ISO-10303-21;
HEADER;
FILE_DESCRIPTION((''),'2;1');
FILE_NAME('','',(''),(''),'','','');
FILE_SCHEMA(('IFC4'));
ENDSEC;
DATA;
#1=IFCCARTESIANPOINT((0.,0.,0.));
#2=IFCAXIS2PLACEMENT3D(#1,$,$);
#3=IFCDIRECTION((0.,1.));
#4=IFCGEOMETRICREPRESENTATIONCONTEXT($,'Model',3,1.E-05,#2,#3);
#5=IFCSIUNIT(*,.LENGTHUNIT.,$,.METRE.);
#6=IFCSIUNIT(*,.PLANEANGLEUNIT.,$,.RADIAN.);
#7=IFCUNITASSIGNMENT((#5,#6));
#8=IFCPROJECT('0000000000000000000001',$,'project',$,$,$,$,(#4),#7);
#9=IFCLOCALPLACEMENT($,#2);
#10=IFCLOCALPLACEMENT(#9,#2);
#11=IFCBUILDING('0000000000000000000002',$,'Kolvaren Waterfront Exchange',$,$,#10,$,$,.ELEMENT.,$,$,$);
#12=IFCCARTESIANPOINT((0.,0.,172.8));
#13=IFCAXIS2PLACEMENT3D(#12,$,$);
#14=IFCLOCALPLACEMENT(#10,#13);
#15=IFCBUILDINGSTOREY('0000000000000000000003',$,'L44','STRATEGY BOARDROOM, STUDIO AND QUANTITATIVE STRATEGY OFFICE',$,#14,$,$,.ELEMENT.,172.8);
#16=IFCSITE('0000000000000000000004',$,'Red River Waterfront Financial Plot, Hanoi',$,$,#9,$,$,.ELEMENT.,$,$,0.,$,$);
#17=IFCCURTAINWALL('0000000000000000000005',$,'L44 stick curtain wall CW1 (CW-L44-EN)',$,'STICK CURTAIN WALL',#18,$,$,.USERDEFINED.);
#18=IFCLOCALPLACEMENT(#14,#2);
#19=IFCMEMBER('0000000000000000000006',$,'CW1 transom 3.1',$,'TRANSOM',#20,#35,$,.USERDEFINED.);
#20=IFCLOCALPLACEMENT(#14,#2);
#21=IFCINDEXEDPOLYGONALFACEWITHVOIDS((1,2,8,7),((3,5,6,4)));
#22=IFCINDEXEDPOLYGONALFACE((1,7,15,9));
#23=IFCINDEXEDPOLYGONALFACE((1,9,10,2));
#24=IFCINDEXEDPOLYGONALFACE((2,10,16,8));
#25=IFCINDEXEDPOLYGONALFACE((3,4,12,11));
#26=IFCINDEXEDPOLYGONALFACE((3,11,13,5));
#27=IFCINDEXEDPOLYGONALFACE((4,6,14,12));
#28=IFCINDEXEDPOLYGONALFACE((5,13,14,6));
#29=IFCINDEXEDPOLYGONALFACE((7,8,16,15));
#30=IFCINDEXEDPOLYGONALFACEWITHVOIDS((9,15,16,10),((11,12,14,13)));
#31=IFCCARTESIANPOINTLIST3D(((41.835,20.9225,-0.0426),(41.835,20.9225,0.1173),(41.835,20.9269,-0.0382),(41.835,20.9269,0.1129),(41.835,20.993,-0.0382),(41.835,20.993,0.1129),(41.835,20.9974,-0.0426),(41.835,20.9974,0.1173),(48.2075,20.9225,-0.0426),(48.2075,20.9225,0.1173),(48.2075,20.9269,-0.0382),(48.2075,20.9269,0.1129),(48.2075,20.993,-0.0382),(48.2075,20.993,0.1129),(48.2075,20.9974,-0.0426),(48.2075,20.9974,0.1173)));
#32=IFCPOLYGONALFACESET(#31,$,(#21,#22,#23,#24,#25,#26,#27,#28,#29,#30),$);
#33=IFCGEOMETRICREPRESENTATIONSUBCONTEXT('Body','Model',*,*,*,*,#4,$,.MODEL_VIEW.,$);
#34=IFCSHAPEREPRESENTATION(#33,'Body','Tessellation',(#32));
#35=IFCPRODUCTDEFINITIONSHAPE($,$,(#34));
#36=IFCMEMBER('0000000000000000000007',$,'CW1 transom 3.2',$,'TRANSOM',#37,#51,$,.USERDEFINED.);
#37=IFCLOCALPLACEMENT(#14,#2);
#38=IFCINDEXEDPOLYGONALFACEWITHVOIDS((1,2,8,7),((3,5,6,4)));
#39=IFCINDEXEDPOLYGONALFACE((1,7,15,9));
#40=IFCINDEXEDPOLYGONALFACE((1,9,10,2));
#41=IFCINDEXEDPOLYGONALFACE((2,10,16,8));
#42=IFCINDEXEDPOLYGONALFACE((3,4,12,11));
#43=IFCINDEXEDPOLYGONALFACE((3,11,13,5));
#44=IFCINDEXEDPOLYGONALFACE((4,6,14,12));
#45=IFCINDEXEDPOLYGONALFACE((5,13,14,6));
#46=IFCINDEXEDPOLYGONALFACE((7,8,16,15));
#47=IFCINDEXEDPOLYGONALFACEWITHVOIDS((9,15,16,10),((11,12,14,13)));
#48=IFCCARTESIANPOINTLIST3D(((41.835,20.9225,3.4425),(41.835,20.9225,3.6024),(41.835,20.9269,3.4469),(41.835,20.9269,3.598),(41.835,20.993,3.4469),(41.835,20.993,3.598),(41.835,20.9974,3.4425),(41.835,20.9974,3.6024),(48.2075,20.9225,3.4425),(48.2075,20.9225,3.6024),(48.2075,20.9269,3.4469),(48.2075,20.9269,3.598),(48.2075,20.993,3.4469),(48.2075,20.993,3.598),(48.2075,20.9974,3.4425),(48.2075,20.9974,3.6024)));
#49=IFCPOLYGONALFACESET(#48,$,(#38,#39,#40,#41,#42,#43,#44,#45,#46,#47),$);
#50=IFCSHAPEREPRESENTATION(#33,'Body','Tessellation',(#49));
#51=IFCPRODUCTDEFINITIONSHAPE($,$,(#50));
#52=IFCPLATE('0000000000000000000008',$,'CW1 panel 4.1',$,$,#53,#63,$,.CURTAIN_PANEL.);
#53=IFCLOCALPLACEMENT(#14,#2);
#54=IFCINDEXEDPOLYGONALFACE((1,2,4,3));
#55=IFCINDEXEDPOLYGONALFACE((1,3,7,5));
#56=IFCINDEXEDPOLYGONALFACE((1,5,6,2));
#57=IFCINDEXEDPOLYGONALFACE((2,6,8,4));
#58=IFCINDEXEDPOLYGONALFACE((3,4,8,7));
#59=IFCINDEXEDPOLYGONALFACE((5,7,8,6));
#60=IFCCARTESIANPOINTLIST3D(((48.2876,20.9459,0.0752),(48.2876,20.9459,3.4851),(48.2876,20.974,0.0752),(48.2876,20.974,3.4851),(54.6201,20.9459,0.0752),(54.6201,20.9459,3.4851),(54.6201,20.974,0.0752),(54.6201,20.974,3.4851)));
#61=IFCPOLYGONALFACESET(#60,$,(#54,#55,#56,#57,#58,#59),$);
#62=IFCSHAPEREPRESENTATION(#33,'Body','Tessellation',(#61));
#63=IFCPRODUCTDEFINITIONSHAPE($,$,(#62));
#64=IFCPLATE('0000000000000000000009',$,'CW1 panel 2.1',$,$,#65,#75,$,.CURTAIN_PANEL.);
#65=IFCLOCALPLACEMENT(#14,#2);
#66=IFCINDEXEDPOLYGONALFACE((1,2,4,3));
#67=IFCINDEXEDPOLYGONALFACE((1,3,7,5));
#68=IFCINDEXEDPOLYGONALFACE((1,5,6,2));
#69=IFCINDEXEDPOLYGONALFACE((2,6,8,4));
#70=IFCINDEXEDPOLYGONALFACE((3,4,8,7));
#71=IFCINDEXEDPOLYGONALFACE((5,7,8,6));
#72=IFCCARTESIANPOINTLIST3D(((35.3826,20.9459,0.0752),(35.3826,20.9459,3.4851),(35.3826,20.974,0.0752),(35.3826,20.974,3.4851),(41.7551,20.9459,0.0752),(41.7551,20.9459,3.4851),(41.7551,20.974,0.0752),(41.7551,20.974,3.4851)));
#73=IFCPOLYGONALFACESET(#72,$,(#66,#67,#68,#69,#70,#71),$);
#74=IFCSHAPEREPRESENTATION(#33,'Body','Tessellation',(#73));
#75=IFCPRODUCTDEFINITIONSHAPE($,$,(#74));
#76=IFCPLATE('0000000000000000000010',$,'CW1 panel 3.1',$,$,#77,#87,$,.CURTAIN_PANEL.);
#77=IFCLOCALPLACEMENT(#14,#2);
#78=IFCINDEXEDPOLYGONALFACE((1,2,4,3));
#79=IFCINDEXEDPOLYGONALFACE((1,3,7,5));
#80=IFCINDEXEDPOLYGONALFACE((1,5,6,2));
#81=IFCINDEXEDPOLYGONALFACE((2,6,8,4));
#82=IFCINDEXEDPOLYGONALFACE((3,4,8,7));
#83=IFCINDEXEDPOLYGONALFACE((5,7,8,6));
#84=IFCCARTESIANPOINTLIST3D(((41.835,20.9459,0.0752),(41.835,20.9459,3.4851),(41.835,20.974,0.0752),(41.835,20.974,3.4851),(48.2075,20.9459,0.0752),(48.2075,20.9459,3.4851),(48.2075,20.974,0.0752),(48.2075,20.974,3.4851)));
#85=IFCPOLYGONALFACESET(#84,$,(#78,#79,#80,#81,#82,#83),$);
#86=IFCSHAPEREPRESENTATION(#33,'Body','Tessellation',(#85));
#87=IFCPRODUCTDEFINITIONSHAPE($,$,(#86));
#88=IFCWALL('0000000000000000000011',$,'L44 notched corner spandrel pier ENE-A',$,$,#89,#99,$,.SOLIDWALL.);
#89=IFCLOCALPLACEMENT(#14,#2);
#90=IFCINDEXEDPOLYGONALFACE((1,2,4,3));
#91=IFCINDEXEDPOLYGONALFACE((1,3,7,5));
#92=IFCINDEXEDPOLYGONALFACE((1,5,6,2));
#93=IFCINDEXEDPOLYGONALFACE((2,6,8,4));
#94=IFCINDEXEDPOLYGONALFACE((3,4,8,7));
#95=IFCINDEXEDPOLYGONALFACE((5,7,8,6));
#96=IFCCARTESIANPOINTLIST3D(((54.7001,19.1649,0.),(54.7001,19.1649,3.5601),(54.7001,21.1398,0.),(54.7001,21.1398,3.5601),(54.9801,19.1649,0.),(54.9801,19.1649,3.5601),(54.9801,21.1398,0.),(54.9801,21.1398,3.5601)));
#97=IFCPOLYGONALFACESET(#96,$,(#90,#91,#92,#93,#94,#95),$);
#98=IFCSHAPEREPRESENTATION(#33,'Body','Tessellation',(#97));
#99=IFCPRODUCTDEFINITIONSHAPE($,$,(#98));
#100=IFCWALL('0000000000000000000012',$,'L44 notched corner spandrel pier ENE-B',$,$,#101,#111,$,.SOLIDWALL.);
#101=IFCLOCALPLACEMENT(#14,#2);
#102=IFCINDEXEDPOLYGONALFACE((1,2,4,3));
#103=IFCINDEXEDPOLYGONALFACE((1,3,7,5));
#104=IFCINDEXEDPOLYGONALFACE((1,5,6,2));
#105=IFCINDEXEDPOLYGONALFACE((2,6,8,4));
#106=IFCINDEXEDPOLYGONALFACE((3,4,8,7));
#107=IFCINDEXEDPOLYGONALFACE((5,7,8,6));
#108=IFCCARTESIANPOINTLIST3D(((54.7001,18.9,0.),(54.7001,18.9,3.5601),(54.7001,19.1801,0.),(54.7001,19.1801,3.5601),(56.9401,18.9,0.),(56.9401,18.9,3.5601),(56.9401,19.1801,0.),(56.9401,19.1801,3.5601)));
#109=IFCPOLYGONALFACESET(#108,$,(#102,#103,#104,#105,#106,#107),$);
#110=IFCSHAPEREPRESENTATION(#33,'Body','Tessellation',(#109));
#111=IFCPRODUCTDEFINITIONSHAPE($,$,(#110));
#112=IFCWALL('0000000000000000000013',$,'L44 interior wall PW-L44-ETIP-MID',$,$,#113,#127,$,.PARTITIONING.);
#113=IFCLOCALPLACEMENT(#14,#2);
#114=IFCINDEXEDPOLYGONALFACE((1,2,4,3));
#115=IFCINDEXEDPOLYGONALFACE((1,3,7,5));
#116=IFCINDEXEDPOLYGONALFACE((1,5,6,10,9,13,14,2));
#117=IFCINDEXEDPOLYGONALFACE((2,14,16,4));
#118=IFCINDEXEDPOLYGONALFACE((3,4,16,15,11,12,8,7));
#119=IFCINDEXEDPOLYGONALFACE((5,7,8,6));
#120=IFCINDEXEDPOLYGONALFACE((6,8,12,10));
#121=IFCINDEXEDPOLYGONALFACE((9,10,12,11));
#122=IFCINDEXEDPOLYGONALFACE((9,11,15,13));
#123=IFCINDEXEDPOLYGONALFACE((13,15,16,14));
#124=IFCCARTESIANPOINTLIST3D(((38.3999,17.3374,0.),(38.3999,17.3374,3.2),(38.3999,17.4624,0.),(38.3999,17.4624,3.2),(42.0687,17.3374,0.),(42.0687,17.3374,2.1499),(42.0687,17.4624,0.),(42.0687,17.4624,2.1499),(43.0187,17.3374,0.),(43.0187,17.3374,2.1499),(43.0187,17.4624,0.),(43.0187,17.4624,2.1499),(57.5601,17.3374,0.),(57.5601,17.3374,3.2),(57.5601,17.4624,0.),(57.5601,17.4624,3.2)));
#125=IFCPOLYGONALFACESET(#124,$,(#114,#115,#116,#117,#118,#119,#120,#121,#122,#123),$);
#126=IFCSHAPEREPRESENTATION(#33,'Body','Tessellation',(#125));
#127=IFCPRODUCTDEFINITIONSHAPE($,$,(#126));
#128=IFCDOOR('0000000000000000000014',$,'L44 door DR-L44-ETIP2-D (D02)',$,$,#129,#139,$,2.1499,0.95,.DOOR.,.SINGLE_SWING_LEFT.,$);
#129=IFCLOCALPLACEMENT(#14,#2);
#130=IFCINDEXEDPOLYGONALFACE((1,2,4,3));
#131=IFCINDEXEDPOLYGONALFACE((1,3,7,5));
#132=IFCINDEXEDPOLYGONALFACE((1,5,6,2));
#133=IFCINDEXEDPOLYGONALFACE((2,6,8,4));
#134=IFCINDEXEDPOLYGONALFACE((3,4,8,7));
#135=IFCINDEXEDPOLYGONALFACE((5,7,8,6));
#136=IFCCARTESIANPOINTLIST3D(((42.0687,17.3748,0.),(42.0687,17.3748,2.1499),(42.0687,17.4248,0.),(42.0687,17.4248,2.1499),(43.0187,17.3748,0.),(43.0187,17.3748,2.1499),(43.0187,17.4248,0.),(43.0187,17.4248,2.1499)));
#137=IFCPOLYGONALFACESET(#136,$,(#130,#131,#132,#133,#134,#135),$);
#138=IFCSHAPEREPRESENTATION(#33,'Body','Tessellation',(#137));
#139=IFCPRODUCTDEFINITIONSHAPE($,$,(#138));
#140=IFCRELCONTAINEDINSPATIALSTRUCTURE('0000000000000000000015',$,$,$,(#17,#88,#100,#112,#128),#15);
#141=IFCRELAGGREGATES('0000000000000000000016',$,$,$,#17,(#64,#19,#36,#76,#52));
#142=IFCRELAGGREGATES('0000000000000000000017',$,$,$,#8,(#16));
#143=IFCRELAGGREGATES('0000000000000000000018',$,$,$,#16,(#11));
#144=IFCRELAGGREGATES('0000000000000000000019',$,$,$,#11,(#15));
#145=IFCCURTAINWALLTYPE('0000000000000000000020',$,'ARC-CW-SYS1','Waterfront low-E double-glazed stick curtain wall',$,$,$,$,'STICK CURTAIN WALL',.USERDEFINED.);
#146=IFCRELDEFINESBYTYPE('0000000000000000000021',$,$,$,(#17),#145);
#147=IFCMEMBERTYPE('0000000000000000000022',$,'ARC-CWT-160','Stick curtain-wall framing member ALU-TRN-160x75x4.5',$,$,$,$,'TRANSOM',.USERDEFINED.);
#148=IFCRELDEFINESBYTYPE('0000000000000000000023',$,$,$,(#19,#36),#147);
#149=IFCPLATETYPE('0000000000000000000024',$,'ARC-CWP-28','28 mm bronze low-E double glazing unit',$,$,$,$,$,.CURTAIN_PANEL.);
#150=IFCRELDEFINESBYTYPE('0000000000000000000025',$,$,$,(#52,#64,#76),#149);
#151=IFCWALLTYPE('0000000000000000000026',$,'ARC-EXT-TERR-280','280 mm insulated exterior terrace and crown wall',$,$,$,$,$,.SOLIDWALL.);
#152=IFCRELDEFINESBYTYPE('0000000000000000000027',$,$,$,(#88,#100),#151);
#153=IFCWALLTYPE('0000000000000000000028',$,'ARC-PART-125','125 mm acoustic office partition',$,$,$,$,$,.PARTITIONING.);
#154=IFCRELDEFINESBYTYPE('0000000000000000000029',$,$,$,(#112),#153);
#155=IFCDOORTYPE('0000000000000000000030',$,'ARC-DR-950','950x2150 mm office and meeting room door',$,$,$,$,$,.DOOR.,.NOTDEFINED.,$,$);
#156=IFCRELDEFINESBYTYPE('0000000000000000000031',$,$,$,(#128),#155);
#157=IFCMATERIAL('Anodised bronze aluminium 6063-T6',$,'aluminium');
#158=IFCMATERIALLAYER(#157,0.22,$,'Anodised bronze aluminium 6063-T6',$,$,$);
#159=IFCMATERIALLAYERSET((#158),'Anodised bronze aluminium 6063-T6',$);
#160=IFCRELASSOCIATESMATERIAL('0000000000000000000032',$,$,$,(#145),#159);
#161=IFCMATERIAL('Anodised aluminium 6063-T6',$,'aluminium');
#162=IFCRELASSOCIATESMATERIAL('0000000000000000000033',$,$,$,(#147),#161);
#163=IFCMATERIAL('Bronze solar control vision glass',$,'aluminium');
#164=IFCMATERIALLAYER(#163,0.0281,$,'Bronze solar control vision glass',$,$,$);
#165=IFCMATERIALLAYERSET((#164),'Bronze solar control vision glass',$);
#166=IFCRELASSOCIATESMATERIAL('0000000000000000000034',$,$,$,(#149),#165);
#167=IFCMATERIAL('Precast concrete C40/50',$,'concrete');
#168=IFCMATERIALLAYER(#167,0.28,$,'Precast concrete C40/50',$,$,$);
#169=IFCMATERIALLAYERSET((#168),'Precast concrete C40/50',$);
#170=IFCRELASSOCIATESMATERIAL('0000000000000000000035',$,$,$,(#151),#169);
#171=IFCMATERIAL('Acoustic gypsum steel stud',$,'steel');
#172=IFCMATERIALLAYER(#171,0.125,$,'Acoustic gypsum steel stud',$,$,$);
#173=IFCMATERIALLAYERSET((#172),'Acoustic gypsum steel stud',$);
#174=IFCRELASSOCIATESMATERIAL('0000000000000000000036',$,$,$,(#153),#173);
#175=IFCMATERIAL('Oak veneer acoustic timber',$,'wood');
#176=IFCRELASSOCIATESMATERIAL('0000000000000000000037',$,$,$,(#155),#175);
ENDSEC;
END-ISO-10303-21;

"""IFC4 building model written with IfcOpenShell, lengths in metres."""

from ifc_helpers import new_model, si_unit, direction, frame, frame_2d, origin, origin_with_axes, origin_2d, place, context, subcontext, project, spatial, rectangle, hollow_rectangle, extrude, source, transform, mapped, material, layer, layer_set, material_profile, profile_set, type_object, element, fill, aggregate, save


model = new_model("IFC4")

# Units and contexts
model_context = context("Model", 3, precision=1e-05, world=origin(), true_north=direction((0.0, 1.0)))
body_context = subcontext(model_context, "Body", "Model", "MODEL_VIEW")
ifc_project = project(units=[si_unit("LENGTHUNIT", "METRE"), si_unit("PLANEANGLEUNIT", "RADIAN")], contexts=[model_context])

# Site, building, storey
site_placement = place(None, origin())
site = spatial("IfcSite", under=ifc_project, at=site_placement, Name="Red River Waterfront Financial Plot, Hanoi", CompositionType="ELEMENT", RefElevation=0.0)
building_placement = place(site_placement, origin())
building = spatial("IfcBuilding", under=site, at=building_placement, Name="Kolvaren Waterfront Exchange", CompositionType="ELEMENT")
storey_placement = place(building_placement, frame((0.0, 0.0, 172.8)))
storey = spatial("IfcBuildingStorey", under=building, at=storey_placement, Name="L44", Description="STRATEGY BOARDROOM, STUDIO AND QUANTITATIVE STRATEGY OFFICE", CompositionType="ELEMENT", Elevation=172.8)

# Curtain wall, members, plates
ifc_material_1 = material(Name="Anodised bronze aluminium 6063-T6", Category="aluminium")
ifc_layer_1 = layer(ifc_material_1, 0.22, Name="Anodised bronze aluminium 6063-T6")
ifc_layer_set_1 = layer_set([ifc_layer_1], Name="Anodised bronze aluminium 6063-T6")
curtain_wall_type = type_object("IfcCurtainWallType", Name="ARC-CW-SYS1", Description="Waterfront low-E double-glazed stick curtain wall", ElementType="STICK CURTAIN WALL", PredefinedType="USERDEFINED", material=ifc_layer_set_1)
curtain_wall_placement = place(storey_placement, origin())
curtain_wall = element("IfcCurtainWall", 1, at=curtain_wall_placement, inside=storey, type_object=curtain_wall_type, Name="L44 stick curtain wall CW1 (CW-L44-EN)", ObjectType="STICK CURTAIN WALL", PredefinedType="USERDEFINED")
ifc_material_2 = material(Name="Anodised aluminium 6063-T6", Category="aluminium")
ifc_material_profile_1 = material_profile(ifc_material_2, hollow_rectangle(XDim=0.075, YDim=0.1599, WallThickness=0.0044, at=origin_2d()), Name="ALU-TRN-160x75x4.5")
ifc_profile_set_1 = profile_set([ifc_material_profile_1], Name="Anodised aluminium 6063-T6")
member_type_1 = type_object("IfcMemberType", Name="ARC-CWT-160", Description="Stick curtain-wall framing member ALU-TRN-160x75x4.5", ElementType="TRANSOM", PredefinedType="USERDEFINED", material=ifc_profile_set_1)
shared_shape_1 = source(origin_with_axes(), body_context, "Body", "SweptSolid", [
    extrude(hollow_rectangle(XDim=0.075, YDim=0.1599, WallThickness=0.0044, at=origin_2d()), origin(), (0.0, 0.0, 1.0), 6.3726),
])
member_1_placement = place(storey_placement, frame((41.835, 20.96, 0.0374), z_axis=(1.0, 0.0, 0.0), x_axis=(0.0, 1.0, 0.0)))
member_1 = element("IfcMember", 2, at=member_1_placement, type_object=member_type_1, Name="CW1 transom 3.1", ObjectType="TRANSOM", PredefinedType="USERDEFINED", context=body_context, shape_type="MappedRepresentation", body=[
    mapped(shared_shape_1, transform((0.0, 0.0, 0.0), x_axis=(1.0, 0.0, 0.0), y_axis=(0.0, 1.0, 0.0), z_axis=(0.0, 0.0, 1.0), scale=1.0)),
])
member_2_placement = place(storey_placement, frame((41.835, 20.96, 3.5225), z_axis=(1.0, 0.0, 0.0), x_axis=(0.0, 1.0, 0.0)))
member_2 = element("IfcMember", 3, at=member_2_placement, type_object=member_type_1, Name="CW1 transom 3.2", ObjectType="TRANSOM", PredefinedType="USERDEFINED", context=body_context, shape_type="MappedRepresentation", body=[
    mapped(shared_shape_1, transform((0.0, 0.0, 0.0), x_axis=(1.0, 0.0, 0.0), y_axis=(0.0, 1.0, 0.0), z_axis=(0.0, 0.0, 1.0), scale=1.0)),
])
ifc_material_3 = material(Name="Bronze solar control vision glass", Category="aluminium")
ifc_layer_2 = layer(ifc_material_3, 0.0281, Name="Bronze solar control vision glass")
ifc_layer_set_2 = layer_set([ifc_layer_2], Name="Bronze solar control vision glass")
plate_type = type_object("IfcPlateType", Name="ARC-CWP-28", Description="28 mm bronze low-E double glazing unit", PredefinedType="CURTAIN_PANEL", material=ifc_layer_set_2)
shared_shape_2 = source(origin_with_axes(), body_context, "Body", "SweptSolid", [
    extrude(rectangle(XDim=6.3325, YDim=0.0281, at=origin_2d()), origin(), (0.0, 0.0, 1.0), 3.4099),
])
plate_1_placement = place(storey_placement, frame((51.4539, 20.96, 0.0752), z_axis=(0.0, 0.0, 1.0), x_axis=(1.0, 0.0, 0.0)))
plate_1 = element("IfcPlate", 4, at=plate_1_placement, type_object=plate_type, Name="CW1 panel 4.1", PredefinedType="CURTAIN_PANEL", context=body_context, shape_type="MappedRepresentation", body=[
    mapped(shared_shape_2, transform((0.0, 0.0, 0.0), x_axis=(1.0, 0.0, 0.0), y_axis=(0.0, 1.0, 0.0), z_axis=(0.0, 0.0, 1.0), scale=1.0)),
])
shared_shape_3 = source(origin_with_axes(), body_context, "Body", "SweptSolid", [
    extrude(rectangle(XDim=6.3726, YDim=0.0281, at=origin_2d()), origin(), (0.0, 0.0, 1.0), 3.4099),
])
plate_2_placement = place(storey_placement, frame((38.5688, 20.96, 0.0752), z_axis=(0.0, 0.0, 1.0), x_axis=(1.0, 0.0, 0.0)))
plate_2 = element("IfcPlate", 5, at=plate_2_placement, type_object=plate_type, Name="CW1 panel 2.1", PredefinedType="CURTAIN_PANEL", context=body_context, shape_type="MappedRepresentation", body=[
    mapped(shared_shape_3, transform((0.0, 0.0, 0.0), x_axis=(1.0, 0.0, 0.0), y_axis=(0.0, 1.0, 0.0), z_axis=(0.0, 0.0, 1.0), scale=1.0)),
])
plate_3_placement = place(storey_placement, frame((45.0212, 20.96, 0.0752), z_axis=(0.0, 0.0, 1.0), x_axis=(1.0, 0.0, 0.0)))
plate_3 = element("IfcPlate", 6, at=plate_3_placement, type_object=plate_type, Name="CW1 panel 3.1", PredefinedType="CURTAIN_PANEL", context=body_context, shape_type="MappedRepresentation", body=[
    mapped(shared_shape_3, transform((0.0, 0.0, 0.0), x_axis=(1.0, 0.0, 0.0), y_axis=(0.0, 1.0, 0.0), z_axis=(0.0, 0.0, 1.0), scale=1.0)),
])
aggregate(curtain_wall, [plate_2, member_1, member_2, plate_3, plate_1])

# Walls
ifc_material_4 = material(Name="Precast concrete C40/50", Category="concrete")
ifc_layer_3 = layer(ifc_material_4, 0.28, Name="Precast concrete C40/50")
ifc_layer_set_3 = layer_set([ifc_layer_3], Name="Precast concrete C40/50")
wall_type_1 = type_object("IfcWallType", Name="ARC-EXT-TERR-280", Description="280 mm insulated exterior terrace and crown wall", PredefinedType="SOLIDWALL", material=ifc_layer_set_3)
wall_1_placement = place(storey_placement, frame((54.8401, 19.165, 0.0), z_axis=(0.0, 0.0, 1.0), x_axis=(0.0, 1.0, 0.0)))
element("IfcWall", 7, at=wall_1_placement, inside=storey, type_object=wall_type_1, Name="L44 notched corner spandrel pier ENE-A", PredefinedType="SOLIDWALL", context=body_context, shape_type="SweptSolid", body=[
    extrude(rectangle(XDim=1.9749, YDim=0.28, at=frame_2d((0.9873, 0.0))), origin(), (0.0, 0.0, 1.0), 3.5601),
])
wall_2_placement = place(storey_placement, frame((54.7, 19.04, 0.0), z_axis=(0.0, 0.0, 1.0), x_axis=(1.0, 0.0, 0.0)))
element("IfcWall", 8, at=wall_2_placement, inside=storey, type_object=wall_type_1, Name="L44 notched corner spandrel pier ENE-B", PredefinedType="SOLIDWALL", context=body_context, shape_type="SweptSolid", body=[
    extrude(rectangle(XDim=2.24, YDim=0.28, at=frame_2d((1.1201, 0.0))), origin(), (0.0, 0.0, 1.0), 3.5601),
])

# Wall, opening, door
ifc_material_5 = material(Name="Acoustic gypsum steel stud", Category="steel")
ifc_layer_4 = layer(ifc_material_5, 0.125, Name="Acoustic gypsum steel stud")
ifc_layer_set_4 = layer_set([ifc_layer_4], Name="Acoustic gypsum steel stud")
wall_type_2 = type_object("IfcWallType", Name="ARC-PART-125", Description="125 mm acoustic office partition", PredefinedType="PARTITIONING", material=ifc_layer_set_4)
wall_3_placement = place(storey_placement, frame((38.3999, 17.3999, 0.0), z_axis=(0.0, 0.0, 1.0), x_axis=(1.0, 0.0, 0.0)))
wall_3 = element("IfcWall", 9, at=wall_3_placement, inside=storey, type_object=wall_type_2, Name="L44 interior wall PW-L44-ETIP-MID", PredefinedType="PARTITIONING", context=body_context, shape_type="SweptSolid", body=[
    extrude(rectangle(XDim=19.1602, YDim=0.125, at=frame_2d((9.5801, 0.0))), origin(), (0.0, 0.0, 1.0), 3.2),
])
opening_placement = place(wall_3_placement, frame((3.6687, 0.0, 0.0)))
opening = element("IfcOpeningElement", 10, at=opening_placement, cuts=wall_3, PredefinedType="OPENING", context=body_context, shape_type="SweptSolid", body=[
    extrude(rectangle(XDim=0.95, YDim=2.1499, at=frame_2d((0.4751, 1.075))), frame((0.0, 0.0725, 0.0), z_axis=(0.0, -1.0, 0.0), x_axis=(1.0, 0.0, 0.0)), (0.0, 0.0, 1.0), 0.145),
])
ifc_material_6 = material(Name="Oak veneer acoustic timber", Category="wood")
door_type = type_object("IfcDoorType", Name="ARC-DR-950", Description="950x2150 mm office and meeting room door", OperationType="NOTDEFINED", PredefinedType="DOOR", material=ifc_material_6)
door_placement = place(opening_placement, origin())
door = element("IfcDoor", 11, at=door_placement, inside=storey, type_object=door_type, Name="L44 door DR-L44-ETIP2-D (D02)", OperationType="SINGLE_SWING_LEFT", OverallHeight=2.1499, OverallWidth=0.95, PredefinedType="DOOR", context=body_context, shape_type="SweptSolid", body=[
    extrude(rectangle(XDim=0.95, YDim=2.1499, at=frame_2d((0.4751, 1.075))), frame((0.0, 0.0249, 0.0), z_axis=(0.0, -1.0, 0.0), x_axis=(1.0, 0.0, 0.0)), (0.0, 0.0, 1.0), 0.05),
])
fill(opening, door)

save(model, "model.ifc")
